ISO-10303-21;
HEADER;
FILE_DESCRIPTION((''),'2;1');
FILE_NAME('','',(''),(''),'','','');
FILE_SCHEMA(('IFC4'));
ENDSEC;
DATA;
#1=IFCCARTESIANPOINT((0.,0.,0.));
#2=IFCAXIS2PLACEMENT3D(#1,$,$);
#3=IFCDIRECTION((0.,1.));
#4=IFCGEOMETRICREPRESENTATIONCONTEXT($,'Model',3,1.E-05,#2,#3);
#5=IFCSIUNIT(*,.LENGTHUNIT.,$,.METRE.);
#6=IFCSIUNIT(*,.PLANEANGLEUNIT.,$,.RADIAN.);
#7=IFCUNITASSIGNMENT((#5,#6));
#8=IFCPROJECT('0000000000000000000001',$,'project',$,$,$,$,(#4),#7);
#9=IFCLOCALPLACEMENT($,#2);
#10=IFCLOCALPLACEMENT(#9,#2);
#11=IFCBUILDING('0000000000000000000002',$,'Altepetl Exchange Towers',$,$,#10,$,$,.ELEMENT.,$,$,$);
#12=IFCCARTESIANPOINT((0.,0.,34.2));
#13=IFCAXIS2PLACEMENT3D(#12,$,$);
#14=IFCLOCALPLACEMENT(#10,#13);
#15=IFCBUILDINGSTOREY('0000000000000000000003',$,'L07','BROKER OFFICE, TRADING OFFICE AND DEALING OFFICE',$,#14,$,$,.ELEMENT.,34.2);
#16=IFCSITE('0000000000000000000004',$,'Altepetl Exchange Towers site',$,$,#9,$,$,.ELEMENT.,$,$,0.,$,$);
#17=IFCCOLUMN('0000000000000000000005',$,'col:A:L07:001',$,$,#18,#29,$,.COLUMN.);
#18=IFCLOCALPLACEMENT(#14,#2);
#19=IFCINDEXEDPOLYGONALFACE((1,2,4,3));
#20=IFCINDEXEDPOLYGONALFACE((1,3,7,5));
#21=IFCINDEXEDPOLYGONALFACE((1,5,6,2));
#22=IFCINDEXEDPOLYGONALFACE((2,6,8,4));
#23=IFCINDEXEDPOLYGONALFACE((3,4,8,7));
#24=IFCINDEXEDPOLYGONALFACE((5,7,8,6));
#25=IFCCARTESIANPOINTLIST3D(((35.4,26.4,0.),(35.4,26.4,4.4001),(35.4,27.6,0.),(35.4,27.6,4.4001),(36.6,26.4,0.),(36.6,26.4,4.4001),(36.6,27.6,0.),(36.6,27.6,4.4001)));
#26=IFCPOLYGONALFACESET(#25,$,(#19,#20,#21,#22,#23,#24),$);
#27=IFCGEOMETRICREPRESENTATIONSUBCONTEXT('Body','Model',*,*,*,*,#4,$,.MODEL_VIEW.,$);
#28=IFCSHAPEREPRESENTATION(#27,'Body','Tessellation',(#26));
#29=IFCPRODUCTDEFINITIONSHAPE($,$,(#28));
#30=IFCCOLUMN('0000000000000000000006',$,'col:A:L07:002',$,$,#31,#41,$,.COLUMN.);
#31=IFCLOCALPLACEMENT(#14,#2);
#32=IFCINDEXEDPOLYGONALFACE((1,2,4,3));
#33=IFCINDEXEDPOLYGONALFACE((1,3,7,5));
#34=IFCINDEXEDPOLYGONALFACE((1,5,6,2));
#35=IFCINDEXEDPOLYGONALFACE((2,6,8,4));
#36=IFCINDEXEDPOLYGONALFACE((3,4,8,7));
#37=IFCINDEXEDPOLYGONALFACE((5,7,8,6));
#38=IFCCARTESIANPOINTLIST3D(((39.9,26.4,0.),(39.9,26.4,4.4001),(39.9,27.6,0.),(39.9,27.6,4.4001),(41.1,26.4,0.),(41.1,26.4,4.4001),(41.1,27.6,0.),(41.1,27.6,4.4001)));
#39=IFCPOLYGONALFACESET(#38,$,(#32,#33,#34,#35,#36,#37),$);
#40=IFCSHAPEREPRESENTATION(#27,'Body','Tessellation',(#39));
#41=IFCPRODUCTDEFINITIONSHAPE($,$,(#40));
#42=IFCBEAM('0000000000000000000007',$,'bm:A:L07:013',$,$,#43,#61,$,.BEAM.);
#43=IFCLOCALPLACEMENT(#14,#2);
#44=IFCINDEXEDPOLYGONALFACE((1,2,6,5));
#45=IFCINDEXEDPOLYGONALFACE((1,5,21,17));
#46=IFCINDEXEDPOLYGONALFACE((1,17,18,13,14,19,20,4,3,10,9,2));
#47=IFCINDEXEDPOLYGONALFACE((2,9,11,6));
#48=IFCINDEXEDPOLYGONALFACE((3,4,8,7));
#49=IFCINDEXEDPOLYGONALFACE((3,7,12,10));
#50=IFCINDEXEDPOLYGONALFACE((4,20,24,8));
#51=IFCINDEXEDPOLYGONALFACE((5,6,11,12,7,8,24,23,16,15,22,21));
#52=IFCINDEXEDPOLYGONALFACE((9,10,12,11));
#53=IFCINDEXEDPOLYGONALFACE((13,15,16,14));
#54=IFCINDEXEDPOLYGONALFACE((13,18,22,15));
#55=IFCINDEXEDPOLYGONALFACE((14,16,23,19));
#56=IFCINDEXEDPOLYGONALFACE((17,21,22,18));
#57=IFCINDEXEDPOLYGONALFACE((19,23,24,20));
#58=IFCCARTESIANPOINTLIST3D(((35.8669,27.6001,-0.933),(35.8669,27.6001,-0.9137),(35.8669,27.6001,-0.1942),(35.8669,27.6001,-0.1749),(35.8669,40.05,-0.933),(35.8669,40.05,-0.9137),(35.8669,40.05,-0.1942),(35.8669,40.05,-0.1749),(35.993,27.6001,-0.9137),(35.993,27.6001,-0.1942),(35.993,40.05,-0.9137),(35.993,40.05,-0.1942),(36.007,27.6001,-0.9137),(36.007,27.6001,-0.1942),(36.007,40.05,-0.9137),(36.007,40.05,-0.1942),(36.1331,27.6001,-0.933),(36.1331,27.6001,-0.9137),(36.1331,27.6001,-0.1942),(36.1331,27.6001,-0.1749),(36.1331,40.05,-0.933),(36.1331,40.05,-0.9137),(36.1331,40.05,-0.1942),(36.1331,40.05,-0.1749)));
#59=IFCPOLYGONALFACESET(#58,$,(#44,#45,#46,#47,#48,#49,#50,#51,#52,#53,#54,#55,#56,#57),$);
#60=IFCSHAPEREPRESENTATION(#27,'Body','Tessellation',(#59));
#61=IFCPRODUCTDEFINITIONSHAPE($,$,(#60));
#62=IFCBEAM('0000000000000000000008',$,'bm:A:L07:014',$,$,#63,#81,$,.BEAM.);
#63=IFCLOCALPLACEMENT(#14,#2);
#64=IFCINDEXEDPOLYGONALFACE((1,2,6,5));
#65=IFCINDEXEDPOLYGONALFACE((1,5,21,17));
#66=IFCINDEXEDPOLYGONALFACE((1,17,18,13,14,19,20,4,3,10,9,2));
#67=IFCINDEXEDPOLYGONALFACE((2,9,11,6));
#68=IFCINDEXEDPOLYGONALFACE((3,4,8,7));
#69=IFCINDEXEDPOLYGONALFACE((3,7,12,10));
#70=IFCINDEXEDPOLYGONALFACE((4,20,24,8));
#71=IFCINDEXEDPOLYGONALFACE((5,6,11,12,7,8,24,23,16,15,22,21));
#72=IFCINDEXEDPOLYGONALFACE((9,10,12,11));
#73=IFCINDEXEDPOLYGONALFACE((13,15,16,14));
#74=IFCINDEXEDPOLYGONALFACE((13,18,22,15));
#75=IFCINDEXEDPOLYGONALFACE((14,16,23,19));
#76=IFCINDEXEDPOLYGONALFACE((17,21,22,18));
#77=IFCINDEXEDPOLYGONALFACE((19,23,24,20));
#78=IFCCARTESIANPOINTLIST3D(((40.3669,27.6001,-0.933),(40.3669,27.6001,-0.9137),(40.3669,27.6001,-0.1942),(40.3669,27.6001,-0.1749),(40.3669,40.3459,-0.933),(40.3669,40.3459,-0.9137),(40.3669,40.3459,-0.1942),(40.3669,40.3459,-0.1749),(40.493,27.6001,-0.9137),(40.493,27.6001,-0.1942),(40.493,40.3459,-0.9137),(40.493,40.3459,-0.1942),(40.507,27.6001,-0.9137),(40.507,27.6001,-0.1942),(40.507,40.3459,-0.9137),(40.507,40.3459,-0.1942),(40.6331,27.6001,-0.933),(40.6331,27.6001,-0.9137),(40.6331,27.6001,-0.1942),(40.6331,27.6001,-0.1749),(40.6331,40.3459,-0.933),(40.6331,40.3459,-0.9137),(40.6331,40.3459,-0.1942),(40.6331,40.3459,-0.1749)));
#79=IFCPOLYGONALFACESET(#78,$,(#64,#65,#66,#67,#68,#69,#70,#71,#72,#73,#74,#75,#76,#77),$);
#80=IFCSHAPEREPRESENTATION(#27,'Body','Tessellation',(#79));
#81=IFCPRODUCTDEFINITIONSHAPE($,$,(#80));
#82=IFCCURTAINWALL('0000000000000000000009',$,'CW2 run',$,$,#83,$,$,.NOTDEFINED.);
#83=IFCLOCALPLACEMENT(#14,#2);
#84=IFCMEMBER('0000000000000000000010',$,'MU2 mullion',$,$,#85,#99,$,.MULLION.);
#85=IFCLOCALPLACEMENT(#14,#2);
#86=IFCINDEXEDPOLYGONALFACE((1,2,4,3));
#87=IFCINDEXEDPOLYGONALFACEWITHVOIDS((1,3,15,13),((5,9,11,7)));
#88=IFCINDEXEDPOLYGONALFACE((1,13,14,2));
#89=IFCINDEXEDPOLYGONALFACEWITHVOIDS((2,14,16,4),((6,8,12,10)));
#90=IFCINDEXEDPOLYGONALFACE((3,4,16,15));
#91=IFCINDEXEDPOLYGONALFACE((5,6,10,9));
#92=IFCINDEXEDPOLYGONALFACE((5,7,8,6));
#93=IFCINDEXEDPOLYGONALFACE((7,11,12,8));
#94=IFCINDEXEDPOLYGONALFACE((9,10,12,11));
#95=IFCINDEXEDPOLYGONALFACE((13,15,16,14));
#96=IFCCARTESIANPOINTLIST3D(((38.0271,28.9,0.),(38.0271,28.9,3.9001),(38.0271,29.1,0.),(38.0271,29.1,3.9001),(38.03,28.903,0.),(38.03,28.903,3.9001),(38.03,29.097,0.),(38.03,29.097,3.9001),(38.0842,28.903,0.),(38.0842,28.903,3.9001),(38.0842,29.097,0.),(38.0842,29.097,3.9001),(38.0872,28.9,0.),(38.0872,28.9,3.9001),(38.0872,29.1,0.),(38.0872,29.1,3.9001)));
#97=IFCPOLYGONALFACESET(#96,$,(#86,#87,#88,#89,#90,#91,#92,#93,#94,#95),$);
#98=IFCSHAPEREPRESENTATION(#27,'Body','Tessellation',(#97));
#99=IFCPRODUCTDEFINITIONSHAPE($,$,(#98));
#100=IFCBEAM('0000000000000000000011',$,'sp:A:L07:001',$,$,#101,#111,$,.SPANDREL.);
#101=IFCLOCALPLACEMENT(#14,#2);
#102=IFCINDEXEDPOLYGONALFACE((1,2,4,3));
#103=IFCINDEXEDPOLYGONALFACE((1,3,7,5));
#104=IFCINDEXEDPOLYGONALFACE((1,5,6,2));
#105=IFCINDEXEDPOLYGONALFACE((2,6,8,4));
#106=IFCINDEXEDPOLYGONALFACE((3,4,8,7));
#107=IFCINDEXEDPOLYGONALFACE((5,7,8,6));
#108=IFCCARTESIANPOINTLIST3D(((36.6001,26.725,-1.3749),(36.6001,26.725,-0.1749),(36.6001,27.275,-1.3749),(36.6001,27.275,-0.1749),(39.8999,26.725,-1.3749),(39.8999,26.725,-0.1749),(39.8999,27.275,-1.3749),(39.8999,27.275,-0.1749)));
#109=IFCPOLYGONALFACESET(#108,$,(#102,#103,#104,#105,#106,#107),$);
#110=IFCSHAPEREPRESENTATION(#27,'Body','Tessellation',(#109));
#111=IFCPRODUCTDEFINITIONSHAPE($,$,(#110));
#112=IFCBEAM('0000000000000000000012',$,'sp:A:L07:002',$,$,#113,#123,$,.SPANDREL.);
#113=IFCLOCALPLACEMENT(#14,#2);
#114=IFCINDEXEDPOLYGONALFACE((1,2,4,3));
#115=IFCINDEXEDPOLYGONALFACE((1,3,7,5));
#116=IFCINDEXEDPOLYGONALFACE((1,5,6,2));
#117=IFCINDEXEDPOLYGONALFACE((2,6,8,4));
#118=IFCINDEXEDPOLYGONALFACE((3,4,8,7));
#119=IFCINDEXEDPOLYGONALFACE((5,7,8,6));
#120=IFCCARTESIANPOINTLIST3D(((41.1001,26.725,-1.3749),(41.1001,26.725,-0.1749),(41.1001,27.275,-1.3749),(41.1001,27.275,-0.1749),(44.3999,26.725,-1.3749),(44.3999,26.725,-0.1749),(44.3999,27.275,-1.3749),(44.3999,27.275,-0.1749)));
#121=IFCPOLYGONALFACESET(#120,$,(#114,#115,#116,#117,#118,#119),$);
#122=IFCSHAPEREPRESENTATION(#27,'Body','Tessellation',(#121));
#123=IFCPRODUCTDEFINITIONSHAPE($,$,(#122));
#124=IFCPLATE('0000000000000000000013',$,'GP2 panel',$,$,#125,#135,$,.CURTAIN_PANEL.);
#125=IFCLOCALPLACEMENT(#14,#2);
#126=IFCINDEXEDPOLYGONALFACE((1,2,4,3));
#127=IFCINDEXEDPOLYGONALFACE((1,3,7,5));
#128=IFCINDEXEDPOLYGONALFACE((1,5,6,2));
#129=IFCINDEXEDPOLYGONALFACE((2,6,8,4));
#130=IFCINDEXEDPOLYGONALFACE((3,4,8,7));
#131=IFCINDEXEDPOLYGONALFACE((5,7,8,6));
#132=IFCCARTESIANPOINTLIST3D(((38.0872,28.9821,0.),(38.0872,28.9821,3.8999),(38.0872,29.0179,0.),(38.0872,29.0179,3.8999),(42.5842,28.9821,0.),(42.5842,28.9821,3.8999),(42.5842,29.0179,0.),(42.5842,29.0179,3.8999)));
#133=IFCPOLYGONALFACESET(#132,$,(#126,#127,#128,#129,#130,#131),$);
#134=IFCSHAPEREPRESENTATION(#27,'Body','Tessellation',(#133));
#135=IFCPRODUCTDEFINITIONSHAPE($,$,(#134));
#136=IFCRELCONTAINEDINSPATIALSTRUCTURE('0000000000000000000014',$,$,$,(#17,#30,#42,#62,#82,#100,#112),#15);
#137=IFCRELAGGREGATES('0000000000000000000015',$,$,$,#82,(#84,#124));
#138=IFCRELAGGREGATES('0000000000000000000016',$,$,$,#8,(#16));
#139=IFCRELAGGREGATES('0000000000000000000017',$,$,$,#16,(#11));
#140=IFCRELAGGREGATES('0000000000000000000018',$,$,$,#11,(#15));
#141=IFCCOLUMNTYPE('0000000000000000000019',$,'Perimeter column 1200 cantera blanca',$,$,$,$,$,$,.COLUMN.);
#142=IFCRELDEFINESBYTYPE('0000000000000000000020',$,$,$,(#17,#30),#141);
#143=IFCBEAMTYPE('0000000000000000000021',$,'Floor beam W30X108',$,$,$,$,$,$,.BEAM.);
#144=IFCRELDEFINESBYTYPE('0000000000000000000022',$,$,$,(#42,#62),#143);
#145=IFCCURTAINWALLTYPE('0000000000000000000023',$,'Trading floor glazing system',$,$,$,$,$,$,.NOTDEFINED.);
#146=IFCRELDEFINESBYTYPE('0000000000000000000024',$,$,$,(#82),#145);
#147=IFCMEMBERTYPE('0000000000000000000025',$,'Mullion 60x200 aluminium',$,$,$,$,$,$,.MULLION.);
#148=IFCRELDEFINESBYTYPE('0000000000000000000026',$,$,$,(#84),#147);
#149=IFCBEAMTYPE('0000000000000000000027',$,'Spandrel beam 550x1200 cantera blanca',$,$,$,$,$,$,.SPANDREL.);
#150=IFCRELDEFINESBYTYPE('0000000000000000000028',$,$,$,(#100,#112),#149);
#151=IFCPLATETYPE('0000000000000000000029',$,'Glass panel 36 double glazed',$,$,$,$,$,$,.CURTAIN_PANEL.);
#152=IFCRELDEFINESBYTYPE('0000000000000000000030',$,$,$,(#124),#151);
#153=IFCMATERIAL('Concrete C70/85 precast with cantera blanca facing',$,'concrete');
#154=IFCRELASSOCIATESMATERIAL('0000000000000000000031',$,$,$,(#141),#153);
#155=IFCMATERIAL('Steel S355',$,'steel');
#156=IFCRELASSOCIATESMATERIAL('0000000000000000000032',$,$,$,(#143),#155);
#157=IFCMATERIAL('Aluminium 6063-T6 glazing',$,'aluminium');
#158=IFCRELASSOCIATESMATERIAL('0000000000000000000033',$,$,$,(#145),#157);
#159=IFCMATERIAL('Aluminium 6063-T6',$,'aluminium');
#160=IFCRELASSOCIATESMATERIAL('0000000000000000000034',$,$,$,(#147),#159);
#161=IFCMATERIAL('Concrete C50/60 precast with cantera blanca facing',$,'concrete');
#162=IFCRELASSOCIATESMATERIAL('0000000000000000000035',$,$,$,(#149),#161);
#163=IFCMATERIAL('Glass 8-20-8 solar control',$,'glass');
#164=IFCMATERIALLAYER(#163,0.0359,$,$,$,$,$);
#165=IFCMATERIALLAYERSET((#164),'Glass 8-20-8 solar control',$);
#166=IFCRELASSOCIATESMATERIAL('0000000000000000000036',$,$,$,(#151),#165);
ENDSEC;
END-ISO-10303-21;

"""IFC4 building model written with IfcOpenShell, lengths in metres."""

from ifc_helpers import new_model, si_unit, direction, frame, origin, origin_2d, place, context, subcontext, project, spatial, rectangle, hollow_rectangle, i_section, extrude, material, layer, layer_set, material_profile, profile_set, type_object, element, aggregate, save


model = new_model("IFC4")

# Units and contexts
model_context = context("Model", 3, precision=1e-05, world=origin(), true_north=direction((0.0, 1.0)))
body_context = subcontext(model_context, "Body", "Model", "MODEL_VIEW")
ifc_project = project(units=[si_unit("LENGTHUNIT", "METRE"), si_unit("PLANEANGLEUNIT", "RADIAN")], contexts=[model_context])

# Site, building, storey
site_placement = place(None, origin())
site = spatial("IfcSite", under=ifc_project, at=site_placement, Name="Altepetl Exchange Towers site", CompositionType="ELEMENT", RefElevation=0.0)
building_placement = place(site_placement, origin())
building = spatial("IfcBuilding", under=site, at=building_placement, Name="Altepetl Exchange Towers", CompositionType="ELEMENT")
storey_placement = place(building_placement, frame((0.0, 0.0, 34.2)))
storey = spatial("IfcBuildingStorey", under=building, at=storey_placement, Name="L07", Description="BROKER OFFICE, TRADING OFFICE AND DEALING OFFICE", CompositionType="ELEMENT", Elevation=34.2)

# Columns
ifc_material_1 = material(Name="Concrete C70/85 precast with cantera blanca facing", Category="concrete")
ifc_material_profile_1 = material_profile(ifc_material_1, rectangle(XDim=1.2, YDim=1.2, at=origin_2d()), Name="1200 x 1200")
ifc_profile_set_1 = profile_set([ifc_material_profile_1], Name="Concrete C70/85 precast with cantera blanca facing")
column_type = type_object("IfcColumnType", Name="Perimeter column 1200 cantera blanca", PredefinedType="COLUMN", material=ifc_profile_set_1)
for number, where, name in (
    (1, (36.0, 27.0, 0.0), "col:A:L07:001"),
    (2, (40.5, 27.0, 0.0), "col:A:L07:002"),
):
    element("IfcColumn", number, at=place(storey_placement, frame(where)), inside=storey, type_object=column_type, Name=name, PredefinedType="COLUMN", context=body_context, shape_type="SweptSolid", body=[
        extrude(rectangle(XDim=1.2, YDim=1.2, at=origin_2d()), origin(), (0.0, 0.0, 1.0), 4.4001),
    ])

# Beams
ifc_material_2 = material(Name="Steel S355", Category="steel")
ifc_material_profile_2 = material_profile(ifc_material_2, i_section(OverallWidth=0.2661, OverallDepth=0.7581, WebThickness=0.0139, FlangeThickness=0.0193, at=origin_2d()), Name="W30X108")
ifc_profile_set_2 = profile_set([ifc_material_profile_2], Name="Steel S355")
beam_type_1 = type_object("IfcBeamType", Name="Floor beam W30X108", PredefinedType="BEAM", material=ifc_profile_set_2)
beam_1_placement = place(storey_placement, frame((36.0, 27.6001, -0.554), z_axis=(0.0, 1.0, 0.0), x_axis=(-1.0, 0.0, 0.0)))
element("IfcBeam", 3, at=beam_1_placement, inside=storey, type_object=beam_type_1, Name="bm:A:L07:013", PredefinedType="BEAM", context=body_context, shape_type="SweptSolid", body=[
    extrude(i_section(OverallWidth=0.2661, OverallDepth=0.7581, WebThickness=0.0139, FlangeThickness=0.0193, at=origin_2d()), origin(), (0.0, 0.0, 1.0), 12.45),
])
beam_2_placement = place(storey_placement, frame((40.5, 27.6001, -0.554), z_axis=(0.0, 1.0, 0.0), x_axis=(-1.0, 0.0, 0.0)))
element("IfcBeam", 4, at=beam_2_placement, inside=storey, type_object=beam_type_1, Name="bm:A:L07:014", PredefinedType="BEAM", context=body_context, shape_type="SweptSolid", body=[
    extrude(i_section(OverallWidth=0.2661, OverallDepth=0.7581, WebThickness=0.0139, FlangeThickness=0.0193, at=origin_2d()), origin(), (0.0, 0.0, 1.0), 12.7458),
])

# Curtain wall, member
ifc_material_3 = material(Name="Aluminium 6063-T6 glazing", Category="aluminium")
curtain_wall_type = type_object("IfcCurtainWallType", Name="Trading floor glazing system", PredefinedType="NOTDEFINED", material=ifc_material_3)
curtain_wall_placement = place(storey_placement, origin())
curtain_wall = element("IfcCurtainWall", 5, at=curtain_wall_placement, inside=storey, type_object=curtain_wall_type, Name="CW2 run", PredefinedType="NOTDEFINED")
ifc_material_4 = material(Name="Aluminium 6063-T6", Category="aluminium")
ifc_material_profile_3 = material_profile(ifc_material_4, hollow_rectangle(XDim=0.0601, YDim=0.2, WallThickness=0.0029, at=origin_2d()), Name="Mullion 60x200 aluminium")
ifc_profile_set_3 = profile_set([ifc_material_profile_3], Name="Aluminium 6063-T6")
member_type = type_object("IfcMemberType", Name="Mullion 60x200 aluminium", PredefinedType="MULLION", material=ifc_profile_set_3)
member_placement = place(storey_placement, frame((38.0571, 29.0, 0.0)))
member = element("IfcMember", 6, at=member_placement, type_object=member_type, Name="MU2 mullion", PredefinedType="MULLION", context=body_context, shape_type="SweptSolid", body=[
    extrude(hollow_rectangle(XDim=0.0601, YDim=0.2, WallThickness=0.0029, at=origin_2d()), origin(), (0.0, 0.0, 1.0), 3.9001),
])

# Beams
ifc_material_5 = material(Name="Concrete C50/60 precast with cantera blanca facing", Category="concrete")
ifc_material_profile_4 = material_profile(ifc_material_5, rectangle(XDim=0.55, YDim=1.2, at=origin_2d()), Name="550 x 1200")
ifc_profile_set_4 = profile_set([ifc_material_profile_4], Name="Concrete C50/60 precast with cantera blanca facing")
beam_type_2 = type_object("IfcBeamType", Name="Spandrel beam 550x1200 cantera blanca", PredefinedType="SPANDREL", material=ifc_profile_set_4)
for number, where, z_axis, x_axis, name in (
    (7, (36.6001, 27.0, -0.7749), (1.0, 0.0, 0.0), (0.0, 1.0, 0.0), "sp:A:L07:001"),
    (8, (41.1001, 27.0, -0.7749), (1.0, 0.0, 0.0), (0.0, 1.0, 0.0), "sp:A:L07:002"),
):
    element("IfcBeam", number, at=place(storey_placement, frame(where, z_axis=z_axis, x_axis=x_axis)), inside=storey, type_object=beam_type_2, Name=name, PredefinedType="SPANDREL", context=body_context, shape_type="SweptSolid", body=[
        extrude(rectangle(XDim=0.55, YDim=1.2, at=origin_2d()), origin(), (0.0, 0.0, 1.0), 3.2998),
    ])

# Plate
ifc_material_6 = material(Name="Glass 8-20-8 solar control", Category="glass")
ifc_layer = layer(ifc_material_6, 0.0359)
ifc_layer_set = layer_set([ifc_layer], Name="Glass 8-20-8 solar control")
plate_type = type_object("IfcPlateType", Name="Glass panel 36 double glazed", PredefinedType="CURTAIN_PANEL", material=ifc_layer_set)
plate_placement = place(storey_placement, frame((40.3357, 29.0, 0.0)))
plate = element("IfcPlate", 9, at=plate_placement, type_object=plate_type, Name="GP2 panel", PredefinedType="CURTAIN_PANEL", context=body_context, shape_type="SweptSolid", body=[
    extrude(rectangle(XDim=4.4971, YDim=0.0359, at=origin_2d()), origin(), (0.0, 0.0, 1.0), 3.8999),
])
aggregate(curtain_wall, [member, plate])

save(model, "model.ifc")
